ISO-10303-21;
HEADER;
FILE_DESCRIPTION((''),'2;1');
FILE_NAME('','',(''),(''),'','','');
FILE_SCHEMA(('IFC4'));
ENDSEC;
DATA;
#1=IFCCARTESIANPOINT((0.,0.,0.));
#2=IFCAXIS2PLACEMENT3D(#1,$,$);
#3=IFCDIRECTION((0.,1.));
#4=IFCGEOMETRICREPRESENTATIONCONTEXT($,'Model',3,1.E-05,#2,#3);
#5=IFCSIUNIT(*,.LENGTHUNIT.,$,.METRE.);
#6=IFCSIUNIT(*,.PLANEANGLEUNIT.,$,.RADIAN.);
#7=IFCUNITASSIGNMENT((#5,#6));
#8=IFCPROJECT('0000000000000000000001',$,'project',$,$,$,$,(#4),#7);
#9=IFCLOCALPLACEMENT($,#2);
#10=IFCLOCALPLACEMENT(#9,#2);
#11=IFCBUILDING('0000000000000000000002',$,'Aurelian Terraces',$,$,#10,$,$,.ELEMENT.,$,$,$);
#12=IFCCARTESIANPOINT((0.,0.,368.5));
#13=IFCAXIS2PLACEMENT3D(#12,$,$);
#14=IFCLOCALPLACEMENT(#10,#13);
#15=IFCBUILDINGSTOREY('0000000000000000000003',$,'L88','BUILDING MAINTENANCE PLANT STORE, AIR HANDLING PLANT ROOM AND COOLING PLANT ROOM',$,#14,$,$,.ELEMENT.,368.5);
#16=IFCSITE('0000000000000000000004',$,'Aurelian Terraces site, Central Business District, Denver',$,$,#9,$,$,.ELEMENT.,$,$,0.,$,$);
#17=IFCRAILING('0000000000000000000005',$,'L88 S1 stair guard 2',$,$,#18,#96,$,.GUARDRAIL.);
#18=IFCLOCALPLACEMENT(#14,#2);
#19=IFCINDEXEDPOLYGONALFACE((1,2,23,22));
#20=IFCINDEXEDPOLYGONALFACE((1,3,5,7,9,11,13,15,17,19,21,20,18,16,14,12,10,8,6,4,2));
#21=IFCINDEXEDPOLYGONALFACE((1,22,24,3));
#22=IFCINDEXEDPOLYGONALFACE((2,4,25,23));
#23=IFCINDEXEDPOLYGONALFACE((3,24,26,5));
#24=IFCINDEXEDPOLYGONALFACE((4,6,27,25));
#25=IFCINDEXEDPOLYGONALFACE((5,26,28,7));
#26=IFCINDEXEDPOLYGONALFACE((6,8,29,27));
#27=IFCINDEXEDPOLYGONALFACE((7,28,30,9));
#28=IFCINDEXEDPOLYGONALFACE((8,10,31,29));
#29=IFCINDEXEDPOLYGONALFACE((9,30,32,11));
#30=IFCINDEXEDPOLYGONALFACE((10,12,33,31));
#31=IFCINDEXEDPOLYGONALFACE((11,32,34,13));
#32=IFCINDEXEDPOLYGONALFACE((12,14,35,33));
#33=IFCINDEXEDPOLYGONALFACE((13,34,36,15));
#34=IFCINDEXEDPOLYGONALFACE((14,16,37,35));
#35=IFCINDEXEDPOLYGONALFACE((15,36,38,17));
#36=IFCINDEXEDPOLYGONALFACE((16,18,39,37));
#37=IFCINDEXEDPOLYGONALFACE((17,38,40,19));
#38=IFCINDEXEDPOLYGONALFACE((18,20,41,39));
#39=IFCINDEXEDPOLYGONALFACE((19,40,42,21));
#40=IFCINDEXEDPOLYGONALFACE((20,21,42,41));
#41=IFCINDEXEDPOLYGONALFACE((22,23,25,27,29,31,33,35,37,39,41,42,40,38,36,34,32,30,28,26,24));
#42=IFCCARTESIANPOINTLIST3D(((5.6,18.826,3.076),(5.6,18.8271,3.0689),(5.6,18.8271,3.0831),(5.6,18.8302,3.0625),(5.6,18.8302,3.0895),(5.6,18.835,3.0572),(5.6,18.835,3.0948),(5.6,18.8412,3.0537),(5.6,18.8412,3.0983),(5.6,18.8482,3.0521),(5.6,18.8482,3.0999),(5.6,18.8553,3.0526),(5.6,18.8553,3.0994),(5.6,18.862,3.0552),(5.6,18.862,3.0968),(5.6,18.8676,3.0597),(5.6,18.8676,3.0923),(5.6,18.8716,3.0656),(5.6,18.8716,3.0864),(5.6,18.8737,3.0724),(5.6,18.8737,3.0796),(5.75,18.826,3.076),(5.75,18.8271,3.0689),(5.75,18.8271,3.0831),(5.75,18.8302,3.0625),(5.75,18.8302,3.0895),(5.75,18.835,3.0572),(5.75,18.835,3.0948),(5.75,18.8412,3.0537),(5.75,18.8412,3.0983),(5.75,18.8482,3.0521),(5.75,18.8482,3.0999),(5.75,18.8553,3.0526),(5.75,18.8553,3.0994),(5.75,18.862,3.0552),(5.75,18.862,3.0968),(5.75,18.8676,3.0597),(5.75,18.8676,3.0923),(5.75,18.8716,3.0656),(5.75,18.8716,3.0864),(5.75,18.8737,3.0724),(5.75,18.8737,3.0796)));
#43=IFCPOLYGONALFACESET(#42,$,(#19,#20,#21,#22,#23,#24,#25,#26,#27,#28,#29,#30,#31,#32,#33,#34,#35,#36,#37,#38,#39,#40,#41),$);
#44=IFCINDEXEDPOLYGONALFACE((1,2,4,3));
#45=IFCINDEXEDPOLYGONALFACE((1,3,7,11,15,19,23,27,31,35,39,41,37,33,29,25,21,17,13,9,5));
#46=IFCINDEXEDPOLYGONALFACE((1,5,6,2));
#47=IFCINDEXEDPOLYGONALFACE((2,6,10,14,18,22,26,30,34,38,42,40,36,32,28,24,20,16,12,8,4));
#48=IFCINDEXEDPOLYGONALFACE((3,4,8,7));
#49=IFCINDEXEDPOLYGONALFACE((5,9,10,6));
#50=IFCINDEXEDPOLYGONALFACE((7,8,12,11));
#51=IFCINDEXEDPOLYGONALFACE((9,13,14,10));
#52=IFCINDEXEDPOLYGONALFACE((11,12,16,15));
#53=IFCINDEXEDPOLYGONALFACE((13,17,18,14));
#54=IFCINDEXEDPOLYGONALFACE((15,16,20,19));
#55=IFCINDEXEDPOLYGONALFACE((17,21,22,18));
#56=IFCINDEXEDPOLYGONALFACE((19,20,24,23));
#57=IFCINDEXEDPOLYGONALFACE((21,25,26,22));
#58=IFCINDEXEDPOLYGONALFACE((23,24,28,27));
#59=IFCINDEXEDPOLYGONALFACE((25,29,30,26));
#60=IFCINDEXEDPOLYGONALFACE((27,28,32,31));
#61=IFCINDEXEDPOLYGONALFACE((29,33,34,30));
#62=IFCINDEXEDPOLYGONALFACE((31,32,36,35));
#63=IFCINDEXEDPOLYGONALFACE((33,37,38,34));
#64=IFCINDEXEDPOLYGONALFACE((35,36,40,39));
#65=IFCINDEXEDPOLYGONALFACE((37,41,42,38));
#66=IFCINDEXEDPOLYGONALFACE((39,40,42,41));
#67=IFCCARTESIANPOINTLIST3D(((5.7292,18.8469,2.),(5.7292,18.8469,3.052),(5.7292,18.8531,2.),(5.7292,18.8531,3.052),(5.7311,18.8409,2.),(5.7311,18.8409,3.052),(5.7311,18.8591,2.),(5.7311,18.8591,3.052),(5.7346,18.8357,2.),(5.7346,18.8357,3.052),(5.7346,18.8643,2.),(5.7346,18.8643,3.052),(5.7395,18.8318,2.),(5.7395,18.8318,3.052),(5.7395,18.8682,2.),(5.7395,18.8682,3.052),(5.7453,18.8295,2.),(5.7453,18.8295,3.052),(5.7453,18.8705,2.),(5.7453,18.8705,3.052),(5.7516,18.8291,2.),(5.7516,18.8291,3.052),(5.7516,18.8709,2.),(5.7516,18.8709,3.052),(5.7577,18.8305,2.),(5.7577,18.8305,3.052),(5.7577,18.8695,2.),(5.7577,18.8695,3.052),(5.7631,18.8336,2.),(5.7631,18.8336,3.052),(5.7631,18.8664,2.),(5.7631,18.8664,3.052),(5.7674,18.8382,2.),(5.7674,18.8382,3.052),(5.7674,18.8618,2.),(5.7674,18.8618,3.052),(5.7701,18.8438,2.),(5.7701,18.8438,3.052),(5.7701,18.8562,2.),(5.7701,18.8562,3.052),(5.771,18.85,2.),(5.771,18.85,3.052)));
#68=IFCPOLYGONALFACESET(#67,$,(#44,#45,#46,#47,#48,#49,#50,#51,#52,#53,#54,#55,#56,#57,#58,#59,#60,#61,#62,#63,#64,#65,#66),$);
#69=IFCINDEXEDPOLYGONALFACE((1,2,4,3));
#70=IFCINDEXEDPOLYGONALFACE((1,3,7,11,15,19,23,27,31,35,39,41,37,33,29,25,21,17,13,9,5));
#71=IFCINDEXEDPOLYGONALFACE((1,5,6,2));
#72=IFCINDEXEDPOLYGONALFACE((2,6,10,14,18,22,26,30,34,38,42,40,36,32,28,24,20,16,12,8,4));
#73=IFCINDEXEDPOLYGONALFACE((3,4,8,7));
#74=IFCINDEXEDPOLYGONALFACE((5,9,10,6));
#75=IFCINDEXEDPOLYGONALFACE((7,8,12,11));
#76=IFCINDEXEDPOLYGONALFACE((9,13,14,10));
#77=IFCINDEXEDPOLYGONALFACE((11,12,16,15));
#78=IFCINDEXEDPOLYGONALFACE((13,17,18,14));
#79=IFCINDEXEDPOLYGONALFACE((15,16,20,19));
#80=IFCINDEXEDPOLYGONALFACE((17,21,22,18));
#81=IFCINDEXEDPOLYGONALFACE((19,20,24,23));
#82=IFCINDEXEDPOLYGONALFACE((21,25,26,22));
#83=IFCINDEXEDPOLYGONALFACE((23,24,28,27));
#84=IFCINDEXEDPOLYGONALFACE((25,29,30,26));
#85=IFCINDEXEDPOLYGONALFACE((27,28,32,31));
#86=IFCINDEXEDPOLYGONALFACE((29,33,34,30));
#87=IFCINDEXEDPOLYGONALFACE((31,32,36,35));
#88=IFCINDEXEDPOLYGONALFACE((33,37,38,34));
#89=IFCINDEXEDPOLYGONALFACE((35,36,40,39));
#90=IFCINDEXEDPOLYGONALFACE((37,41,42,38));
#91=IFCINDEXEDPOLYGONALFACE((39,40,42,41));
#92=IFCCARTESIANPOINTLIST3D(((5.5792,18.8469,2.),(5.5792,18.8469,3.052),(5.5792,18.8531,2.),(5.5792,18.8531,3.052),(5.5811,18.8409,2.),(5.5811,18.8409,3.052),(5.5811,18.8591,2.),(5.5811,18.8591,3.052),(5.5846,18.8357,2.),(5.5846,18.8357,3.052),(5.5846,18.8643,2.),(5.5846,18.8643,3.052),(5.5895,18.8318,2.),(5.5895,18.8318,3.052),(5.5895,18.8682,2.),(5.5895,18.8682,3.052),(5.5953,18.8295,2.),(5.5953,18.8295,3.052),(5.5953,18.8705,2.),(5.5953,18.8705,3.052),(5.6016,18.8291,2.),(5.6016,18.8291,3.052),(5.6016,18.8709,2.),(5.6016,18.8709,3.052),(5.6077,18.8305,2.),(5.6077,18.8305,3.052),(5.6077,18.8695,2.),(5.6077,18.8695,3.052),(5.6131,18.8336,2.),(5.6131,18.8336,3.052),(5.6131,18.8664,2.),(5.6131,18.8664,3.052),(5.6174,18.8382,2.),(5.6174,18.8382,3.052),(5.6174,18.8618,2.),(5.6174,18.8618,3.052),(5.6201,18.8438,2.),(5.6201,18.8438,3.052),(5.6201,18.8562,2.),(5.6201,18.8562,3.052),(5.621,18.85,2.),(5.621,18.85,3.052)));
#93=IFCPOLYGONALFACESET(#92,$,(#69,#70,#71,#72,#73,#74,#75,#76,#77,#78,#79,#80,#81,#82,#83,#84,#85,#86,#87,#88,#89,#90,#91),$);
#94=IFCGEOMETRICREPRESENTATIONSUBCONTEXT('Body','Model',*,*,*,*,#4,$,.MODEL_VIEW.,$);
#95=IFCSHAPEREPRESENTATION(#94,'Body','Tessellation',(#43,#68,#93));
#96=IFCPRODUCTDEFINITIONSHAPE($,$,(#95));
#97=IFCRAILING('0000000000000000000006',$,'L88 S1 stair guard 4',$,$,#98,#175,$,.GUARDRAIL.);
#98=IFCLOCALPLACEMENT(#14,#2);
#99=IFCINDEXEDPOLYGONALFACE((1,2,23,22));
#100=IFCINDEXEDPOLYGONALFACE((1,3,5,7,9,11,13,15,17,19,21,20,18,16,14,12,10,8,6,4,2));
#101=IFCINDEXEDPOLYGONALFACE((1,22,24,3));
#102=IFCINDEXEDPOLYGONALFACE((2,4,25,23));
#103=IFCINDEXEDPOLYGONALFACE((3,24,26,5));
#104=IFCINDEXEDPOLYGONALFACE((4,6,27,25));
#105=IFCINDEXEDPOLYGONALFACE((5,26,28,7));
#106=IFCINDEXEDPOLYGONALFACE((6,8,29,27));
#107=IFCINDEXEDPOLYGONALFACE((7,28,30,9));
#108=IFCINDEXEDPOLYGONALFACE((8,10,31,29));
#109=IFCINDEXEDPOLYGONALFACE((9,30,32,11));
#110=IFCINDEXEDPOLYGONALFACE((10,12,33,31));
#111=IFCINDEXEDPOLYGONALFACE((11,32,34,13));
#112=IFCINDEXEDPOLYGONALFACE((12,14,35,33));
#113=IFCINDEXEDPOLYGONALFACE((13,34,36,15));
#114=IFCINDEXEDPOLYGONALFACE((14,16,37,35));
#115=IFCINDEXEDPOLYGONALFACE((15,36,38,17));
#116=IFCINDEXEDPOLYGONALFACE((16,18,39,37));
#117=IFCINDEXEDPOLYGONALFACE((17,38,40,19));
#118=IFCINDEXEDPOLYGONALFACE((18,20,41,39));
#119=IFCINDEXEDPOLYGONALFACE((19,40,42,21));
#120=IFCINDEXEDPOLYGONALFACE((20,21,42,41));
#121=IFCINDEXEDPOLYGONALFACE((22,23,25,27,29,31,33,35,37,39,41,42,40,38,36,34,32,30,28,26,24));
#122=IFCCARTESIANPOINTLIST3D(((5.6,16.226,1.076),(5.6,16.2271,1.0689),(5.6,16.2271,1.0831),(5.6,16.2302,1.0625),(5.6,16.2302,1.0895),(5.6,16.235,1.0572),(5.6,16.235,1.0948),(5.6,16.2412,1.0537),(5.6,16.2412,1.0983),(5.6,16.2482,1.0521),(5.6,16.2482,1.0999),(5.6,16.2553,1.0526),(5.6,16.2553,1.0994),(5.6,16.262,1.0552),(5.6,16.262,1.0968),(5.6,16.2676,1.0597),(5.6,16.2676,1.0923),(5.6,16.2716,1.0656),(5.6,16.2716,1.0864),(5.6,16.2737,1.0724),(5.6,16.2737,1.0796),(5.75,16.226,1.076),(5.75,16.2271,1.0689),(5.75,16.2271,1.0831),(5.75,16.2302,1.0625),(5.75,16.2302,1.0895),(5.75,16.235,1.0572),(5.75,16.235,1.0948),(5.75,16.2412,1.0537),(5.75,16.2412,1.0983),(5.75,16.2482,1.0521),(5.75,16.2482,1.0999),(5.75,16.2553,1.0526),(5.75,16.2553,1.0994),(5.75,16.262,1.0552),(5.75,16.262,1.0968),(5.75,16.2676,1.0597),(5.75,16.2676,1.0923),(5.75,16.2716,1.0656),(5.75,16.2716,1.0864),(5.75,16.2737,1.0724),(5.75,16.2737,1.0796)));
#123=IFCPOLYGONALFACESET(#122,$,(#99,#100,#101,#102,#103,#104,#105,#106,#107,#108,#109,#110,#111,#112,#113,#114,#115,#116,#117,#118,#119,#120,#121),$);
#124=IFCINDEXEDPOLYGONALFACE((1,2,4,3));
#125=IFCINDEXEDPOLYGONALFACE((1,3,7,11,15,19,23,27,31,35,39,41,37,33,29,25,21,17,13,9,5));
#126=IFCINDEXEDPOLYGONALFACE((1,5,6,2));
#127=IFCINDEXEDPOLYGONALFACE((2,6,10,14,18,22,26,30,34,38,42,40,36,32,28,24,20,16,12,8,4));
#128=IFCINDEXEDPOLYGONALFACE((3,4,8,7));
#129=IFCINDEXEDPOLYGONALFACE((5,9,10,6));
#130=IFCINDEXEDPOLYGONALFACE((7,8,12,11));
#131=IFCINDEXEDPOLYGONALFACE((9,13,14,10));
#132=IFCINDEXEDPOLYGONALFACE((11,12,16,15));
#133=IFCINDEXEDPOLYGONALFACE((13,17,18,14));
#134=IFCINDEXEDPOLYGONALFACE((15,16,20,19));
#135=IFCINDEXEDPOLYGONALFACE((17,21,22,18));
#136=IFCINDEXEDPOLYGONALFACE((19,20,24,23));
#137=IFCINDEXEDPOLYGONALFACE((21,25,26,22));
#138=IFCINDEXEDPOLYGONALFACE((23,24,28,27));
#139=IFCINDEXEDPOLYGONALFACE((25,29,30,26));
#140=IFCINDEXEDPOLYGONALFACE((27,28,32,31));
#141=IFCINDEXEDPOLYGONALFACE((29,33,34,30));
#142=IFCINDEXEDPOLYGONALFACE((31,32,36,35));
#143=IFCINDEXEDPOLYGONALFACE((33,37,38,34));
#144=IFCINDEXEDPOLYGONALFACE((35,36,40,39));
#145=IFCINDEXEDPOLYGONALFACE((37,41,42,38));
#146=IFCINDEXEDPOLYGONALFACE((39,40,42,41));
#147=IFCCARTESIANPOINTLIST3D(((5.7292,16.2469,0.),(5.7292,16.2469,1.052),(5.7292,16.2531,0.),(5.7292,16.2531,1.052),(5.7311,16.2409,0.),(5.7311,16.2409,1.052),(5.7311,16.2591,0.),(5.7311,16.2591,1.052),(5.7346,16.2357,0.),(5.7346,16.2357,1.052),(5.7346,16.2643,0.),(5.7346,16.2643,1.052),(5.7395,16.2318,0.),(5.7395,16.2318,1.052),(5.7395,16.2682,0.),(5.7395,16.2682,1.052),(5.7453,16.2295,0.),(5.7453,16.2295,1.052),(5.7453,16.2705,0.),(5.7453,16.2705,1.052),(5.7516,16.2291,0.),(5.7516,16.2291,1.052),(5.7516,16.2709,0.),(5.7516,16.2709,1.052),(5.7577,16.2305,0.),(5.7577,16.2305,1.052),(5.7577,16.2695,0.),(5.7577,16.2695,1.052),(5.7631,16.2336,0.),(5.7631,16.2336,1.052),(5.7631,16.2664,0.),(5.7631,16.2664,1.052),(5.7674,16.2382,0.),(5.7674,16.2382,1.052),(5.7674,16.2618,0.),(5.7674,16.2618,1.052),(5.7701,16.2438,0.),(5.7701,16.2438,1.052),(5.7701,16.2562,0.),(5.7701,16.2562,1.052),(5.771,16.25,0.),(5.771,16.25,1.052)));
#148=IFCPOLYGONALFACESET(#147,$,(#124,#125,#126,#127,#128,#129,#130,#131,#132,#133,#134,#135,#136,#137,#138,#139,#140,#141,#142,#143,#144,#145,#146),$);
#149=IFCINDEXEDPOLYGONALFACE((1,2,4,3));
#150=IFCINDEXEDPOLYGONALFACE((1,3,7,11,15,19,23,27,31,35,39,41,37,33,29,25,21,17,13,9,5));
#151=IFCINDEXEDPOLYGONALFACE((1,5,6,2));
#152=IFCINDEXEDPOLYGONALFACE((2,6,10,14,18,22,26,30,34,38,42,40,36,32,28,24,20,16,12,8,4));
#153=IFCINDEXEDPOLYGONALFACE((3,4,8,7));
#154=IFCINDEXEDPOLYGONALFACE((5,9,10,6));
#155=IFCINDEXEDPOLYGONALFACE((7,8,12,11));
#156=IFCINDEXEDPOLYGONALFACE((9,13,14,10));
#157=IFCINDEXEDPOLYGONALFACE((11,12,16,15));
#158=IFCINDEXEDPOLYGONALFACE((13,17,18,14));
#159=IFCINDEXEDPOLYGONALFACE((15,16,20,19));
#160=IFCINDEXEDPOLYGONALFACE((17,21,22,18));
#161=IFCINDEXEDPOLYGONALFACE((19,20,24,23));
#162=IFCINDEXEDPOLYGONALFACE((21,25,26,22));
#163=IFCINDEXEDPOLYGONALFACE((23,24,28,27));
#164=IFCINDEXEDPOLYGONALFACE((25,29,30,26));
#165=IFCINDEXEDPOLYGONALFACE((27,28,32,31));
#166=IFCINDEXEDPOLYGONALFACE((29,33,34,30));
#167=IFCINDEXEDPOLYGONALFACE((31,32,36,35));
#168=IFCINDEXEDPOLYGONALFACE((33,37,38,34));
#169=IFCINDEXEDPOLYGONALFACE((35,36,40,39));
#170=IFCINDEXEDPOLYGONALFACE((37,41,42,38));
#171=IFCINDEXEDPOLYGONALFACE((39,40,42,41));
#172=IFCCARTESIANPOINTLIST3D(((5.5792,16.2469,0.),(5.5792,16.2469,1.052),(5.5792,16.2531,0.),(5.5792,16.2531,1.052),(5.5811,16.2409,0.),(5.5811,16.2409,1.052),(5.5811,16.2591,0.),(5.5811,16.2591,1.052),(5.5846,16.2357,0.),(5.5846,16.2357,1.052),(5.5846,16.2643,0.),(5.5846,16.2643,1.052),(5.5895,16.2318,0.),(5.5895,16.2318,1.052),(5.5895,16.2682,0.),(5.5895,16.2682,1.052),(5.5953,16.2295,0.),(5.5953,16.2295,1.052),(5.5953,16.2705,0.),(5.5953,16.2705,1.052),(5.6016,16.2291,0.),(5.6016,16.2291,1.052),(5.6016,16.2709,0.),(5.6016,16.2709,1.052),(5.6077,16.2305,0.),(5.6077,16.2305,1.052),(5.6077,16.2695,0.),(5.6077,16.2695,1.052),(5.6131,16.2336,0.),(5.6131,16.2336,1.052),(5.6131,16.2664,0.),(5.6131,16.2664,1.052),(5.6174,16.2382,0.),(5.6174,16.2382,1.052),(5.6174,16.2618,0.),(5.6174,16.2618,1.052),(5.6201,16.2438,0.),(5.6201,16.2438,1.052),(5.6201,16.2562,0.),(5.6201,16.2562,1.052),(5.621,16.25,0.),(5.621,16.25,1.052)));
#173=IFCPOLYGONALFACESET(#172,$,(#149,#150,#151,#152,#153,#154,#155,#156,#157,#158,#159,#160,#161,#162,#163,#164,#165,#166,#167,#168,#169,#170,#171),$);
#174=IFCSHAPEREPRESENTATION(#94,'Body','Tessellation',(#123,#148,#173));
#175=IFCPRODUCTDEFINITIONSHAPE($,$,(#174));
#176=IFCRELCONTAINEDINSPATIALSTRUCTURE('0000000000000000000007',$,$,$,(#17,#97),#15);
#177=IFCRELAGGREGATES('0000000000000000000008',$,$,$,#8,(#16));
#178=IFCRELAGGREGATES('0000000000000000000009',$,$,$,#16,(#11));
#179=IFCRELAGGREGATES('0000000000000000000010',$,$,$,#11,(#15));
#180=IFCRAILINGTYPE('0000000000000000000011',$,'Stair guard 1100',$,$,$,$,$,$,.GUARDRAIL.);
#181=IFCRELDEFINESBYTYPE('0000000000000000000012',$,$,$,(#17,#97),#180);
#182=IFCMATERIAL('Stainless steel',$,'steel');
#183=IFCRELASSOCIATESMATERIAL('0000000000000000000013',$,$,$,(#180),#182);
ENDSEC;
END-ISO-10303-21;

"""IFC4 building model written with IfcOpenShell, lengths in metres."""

from ifc_helpers import new_model, si_unit, direction, frame, origin, origin_2d, place, context, subcontext, project, spatial, circle, extrude, source, transform, mapped, material, type_object, element, save


model = new_model("IFC4")

# Units and contexts
model_context = context("Model", 3, precision=1e-05, world=origin(), true_north=direction((0.0, 1.0)))
body_context = subcontext(model_context, "Body", "Model", "MODEL_VIEW")
ifc_project = project(units=[si_unit("LENGTHUNIT", "METRE"), si_unit("PLANEANGLEUNIT", "RADIAN")], contexts=[model_context])

# Site, building, storey
site_placement = place(None, origin())
site = spatial("IfcSite", under=ifc_project, at=site_placement, Name="Aurelian Terraces site, Central Business District, Denver", CompositionType="ELEMENT", RefElevation=0.0)
building_placement = place(site_placement, origin())
building = spatial("IfcBuilding", under=site, at=building_placement, Name="Aurelian Terraces", CompositionType="ELEMENT")
storey_placement = place(building_placement, frame((0.0, 0.0, 368.5)))
storey = spatial("IfcBuildingStorey", under=building, at=storey_placement, Name="L88", Description="BUILDING MAINTENANCE PLANT STORE, AIR HANDLING PLANT ROOM AND COOLING PLANT ROOM", CompositionType="ELEMENT", Elevation=368.5)

# Railings
ifc_material_1 = material(Name="Stainless steel", Category="steel")
railing_type_1 = type_object("IfcRailingType", Name="Stair guard 1100", PredefinedType="GUARDRAIL", material=ifc_material_1)
shared_shape_1 = source(origin(), body_context, "Body", "SweptSolid", [
    extrude(circle(Radius=0.024, at=origin_2d()), frame((0.0, 0.0, 1.076), z_axis=(-1.0, 0.0, 0.0), x_axis=(0.0, -1.0, 0.0)), (0.0, 0.0, 1.0), 0.15),
    extrude(circle(Radius=0.021, at=origin_2d()), origin(), (0.0, 0.0, 1.0), 1.052),
    extrude(circle(Radius=0.021, at=origin_2d()), frame((-0.15, 0.0, 0.0)), (0.0, 0.0, 1.0), 1.052),
])
for number, where, name in (
    (1, (5.75, 18.85, 2.0), "L88 S1 stair guard 2"),
    (2, (5.75, 16.25, 0.0), "L88 S1 stair guard 4"),
):
    element("IfcRailing", number, at=place(storey_placement, frame(where)), inside=storey, type_object=railing_type_1, Name=name, PredefinedType="GUARDRAIL", context=body_context, shape_type="MappedRepresentation", body=[
        mapped(shared_shape_1, transform((0.0, 0.0, 0.0), scale=1.0)),
    ])

save(model, "model.ifc")
